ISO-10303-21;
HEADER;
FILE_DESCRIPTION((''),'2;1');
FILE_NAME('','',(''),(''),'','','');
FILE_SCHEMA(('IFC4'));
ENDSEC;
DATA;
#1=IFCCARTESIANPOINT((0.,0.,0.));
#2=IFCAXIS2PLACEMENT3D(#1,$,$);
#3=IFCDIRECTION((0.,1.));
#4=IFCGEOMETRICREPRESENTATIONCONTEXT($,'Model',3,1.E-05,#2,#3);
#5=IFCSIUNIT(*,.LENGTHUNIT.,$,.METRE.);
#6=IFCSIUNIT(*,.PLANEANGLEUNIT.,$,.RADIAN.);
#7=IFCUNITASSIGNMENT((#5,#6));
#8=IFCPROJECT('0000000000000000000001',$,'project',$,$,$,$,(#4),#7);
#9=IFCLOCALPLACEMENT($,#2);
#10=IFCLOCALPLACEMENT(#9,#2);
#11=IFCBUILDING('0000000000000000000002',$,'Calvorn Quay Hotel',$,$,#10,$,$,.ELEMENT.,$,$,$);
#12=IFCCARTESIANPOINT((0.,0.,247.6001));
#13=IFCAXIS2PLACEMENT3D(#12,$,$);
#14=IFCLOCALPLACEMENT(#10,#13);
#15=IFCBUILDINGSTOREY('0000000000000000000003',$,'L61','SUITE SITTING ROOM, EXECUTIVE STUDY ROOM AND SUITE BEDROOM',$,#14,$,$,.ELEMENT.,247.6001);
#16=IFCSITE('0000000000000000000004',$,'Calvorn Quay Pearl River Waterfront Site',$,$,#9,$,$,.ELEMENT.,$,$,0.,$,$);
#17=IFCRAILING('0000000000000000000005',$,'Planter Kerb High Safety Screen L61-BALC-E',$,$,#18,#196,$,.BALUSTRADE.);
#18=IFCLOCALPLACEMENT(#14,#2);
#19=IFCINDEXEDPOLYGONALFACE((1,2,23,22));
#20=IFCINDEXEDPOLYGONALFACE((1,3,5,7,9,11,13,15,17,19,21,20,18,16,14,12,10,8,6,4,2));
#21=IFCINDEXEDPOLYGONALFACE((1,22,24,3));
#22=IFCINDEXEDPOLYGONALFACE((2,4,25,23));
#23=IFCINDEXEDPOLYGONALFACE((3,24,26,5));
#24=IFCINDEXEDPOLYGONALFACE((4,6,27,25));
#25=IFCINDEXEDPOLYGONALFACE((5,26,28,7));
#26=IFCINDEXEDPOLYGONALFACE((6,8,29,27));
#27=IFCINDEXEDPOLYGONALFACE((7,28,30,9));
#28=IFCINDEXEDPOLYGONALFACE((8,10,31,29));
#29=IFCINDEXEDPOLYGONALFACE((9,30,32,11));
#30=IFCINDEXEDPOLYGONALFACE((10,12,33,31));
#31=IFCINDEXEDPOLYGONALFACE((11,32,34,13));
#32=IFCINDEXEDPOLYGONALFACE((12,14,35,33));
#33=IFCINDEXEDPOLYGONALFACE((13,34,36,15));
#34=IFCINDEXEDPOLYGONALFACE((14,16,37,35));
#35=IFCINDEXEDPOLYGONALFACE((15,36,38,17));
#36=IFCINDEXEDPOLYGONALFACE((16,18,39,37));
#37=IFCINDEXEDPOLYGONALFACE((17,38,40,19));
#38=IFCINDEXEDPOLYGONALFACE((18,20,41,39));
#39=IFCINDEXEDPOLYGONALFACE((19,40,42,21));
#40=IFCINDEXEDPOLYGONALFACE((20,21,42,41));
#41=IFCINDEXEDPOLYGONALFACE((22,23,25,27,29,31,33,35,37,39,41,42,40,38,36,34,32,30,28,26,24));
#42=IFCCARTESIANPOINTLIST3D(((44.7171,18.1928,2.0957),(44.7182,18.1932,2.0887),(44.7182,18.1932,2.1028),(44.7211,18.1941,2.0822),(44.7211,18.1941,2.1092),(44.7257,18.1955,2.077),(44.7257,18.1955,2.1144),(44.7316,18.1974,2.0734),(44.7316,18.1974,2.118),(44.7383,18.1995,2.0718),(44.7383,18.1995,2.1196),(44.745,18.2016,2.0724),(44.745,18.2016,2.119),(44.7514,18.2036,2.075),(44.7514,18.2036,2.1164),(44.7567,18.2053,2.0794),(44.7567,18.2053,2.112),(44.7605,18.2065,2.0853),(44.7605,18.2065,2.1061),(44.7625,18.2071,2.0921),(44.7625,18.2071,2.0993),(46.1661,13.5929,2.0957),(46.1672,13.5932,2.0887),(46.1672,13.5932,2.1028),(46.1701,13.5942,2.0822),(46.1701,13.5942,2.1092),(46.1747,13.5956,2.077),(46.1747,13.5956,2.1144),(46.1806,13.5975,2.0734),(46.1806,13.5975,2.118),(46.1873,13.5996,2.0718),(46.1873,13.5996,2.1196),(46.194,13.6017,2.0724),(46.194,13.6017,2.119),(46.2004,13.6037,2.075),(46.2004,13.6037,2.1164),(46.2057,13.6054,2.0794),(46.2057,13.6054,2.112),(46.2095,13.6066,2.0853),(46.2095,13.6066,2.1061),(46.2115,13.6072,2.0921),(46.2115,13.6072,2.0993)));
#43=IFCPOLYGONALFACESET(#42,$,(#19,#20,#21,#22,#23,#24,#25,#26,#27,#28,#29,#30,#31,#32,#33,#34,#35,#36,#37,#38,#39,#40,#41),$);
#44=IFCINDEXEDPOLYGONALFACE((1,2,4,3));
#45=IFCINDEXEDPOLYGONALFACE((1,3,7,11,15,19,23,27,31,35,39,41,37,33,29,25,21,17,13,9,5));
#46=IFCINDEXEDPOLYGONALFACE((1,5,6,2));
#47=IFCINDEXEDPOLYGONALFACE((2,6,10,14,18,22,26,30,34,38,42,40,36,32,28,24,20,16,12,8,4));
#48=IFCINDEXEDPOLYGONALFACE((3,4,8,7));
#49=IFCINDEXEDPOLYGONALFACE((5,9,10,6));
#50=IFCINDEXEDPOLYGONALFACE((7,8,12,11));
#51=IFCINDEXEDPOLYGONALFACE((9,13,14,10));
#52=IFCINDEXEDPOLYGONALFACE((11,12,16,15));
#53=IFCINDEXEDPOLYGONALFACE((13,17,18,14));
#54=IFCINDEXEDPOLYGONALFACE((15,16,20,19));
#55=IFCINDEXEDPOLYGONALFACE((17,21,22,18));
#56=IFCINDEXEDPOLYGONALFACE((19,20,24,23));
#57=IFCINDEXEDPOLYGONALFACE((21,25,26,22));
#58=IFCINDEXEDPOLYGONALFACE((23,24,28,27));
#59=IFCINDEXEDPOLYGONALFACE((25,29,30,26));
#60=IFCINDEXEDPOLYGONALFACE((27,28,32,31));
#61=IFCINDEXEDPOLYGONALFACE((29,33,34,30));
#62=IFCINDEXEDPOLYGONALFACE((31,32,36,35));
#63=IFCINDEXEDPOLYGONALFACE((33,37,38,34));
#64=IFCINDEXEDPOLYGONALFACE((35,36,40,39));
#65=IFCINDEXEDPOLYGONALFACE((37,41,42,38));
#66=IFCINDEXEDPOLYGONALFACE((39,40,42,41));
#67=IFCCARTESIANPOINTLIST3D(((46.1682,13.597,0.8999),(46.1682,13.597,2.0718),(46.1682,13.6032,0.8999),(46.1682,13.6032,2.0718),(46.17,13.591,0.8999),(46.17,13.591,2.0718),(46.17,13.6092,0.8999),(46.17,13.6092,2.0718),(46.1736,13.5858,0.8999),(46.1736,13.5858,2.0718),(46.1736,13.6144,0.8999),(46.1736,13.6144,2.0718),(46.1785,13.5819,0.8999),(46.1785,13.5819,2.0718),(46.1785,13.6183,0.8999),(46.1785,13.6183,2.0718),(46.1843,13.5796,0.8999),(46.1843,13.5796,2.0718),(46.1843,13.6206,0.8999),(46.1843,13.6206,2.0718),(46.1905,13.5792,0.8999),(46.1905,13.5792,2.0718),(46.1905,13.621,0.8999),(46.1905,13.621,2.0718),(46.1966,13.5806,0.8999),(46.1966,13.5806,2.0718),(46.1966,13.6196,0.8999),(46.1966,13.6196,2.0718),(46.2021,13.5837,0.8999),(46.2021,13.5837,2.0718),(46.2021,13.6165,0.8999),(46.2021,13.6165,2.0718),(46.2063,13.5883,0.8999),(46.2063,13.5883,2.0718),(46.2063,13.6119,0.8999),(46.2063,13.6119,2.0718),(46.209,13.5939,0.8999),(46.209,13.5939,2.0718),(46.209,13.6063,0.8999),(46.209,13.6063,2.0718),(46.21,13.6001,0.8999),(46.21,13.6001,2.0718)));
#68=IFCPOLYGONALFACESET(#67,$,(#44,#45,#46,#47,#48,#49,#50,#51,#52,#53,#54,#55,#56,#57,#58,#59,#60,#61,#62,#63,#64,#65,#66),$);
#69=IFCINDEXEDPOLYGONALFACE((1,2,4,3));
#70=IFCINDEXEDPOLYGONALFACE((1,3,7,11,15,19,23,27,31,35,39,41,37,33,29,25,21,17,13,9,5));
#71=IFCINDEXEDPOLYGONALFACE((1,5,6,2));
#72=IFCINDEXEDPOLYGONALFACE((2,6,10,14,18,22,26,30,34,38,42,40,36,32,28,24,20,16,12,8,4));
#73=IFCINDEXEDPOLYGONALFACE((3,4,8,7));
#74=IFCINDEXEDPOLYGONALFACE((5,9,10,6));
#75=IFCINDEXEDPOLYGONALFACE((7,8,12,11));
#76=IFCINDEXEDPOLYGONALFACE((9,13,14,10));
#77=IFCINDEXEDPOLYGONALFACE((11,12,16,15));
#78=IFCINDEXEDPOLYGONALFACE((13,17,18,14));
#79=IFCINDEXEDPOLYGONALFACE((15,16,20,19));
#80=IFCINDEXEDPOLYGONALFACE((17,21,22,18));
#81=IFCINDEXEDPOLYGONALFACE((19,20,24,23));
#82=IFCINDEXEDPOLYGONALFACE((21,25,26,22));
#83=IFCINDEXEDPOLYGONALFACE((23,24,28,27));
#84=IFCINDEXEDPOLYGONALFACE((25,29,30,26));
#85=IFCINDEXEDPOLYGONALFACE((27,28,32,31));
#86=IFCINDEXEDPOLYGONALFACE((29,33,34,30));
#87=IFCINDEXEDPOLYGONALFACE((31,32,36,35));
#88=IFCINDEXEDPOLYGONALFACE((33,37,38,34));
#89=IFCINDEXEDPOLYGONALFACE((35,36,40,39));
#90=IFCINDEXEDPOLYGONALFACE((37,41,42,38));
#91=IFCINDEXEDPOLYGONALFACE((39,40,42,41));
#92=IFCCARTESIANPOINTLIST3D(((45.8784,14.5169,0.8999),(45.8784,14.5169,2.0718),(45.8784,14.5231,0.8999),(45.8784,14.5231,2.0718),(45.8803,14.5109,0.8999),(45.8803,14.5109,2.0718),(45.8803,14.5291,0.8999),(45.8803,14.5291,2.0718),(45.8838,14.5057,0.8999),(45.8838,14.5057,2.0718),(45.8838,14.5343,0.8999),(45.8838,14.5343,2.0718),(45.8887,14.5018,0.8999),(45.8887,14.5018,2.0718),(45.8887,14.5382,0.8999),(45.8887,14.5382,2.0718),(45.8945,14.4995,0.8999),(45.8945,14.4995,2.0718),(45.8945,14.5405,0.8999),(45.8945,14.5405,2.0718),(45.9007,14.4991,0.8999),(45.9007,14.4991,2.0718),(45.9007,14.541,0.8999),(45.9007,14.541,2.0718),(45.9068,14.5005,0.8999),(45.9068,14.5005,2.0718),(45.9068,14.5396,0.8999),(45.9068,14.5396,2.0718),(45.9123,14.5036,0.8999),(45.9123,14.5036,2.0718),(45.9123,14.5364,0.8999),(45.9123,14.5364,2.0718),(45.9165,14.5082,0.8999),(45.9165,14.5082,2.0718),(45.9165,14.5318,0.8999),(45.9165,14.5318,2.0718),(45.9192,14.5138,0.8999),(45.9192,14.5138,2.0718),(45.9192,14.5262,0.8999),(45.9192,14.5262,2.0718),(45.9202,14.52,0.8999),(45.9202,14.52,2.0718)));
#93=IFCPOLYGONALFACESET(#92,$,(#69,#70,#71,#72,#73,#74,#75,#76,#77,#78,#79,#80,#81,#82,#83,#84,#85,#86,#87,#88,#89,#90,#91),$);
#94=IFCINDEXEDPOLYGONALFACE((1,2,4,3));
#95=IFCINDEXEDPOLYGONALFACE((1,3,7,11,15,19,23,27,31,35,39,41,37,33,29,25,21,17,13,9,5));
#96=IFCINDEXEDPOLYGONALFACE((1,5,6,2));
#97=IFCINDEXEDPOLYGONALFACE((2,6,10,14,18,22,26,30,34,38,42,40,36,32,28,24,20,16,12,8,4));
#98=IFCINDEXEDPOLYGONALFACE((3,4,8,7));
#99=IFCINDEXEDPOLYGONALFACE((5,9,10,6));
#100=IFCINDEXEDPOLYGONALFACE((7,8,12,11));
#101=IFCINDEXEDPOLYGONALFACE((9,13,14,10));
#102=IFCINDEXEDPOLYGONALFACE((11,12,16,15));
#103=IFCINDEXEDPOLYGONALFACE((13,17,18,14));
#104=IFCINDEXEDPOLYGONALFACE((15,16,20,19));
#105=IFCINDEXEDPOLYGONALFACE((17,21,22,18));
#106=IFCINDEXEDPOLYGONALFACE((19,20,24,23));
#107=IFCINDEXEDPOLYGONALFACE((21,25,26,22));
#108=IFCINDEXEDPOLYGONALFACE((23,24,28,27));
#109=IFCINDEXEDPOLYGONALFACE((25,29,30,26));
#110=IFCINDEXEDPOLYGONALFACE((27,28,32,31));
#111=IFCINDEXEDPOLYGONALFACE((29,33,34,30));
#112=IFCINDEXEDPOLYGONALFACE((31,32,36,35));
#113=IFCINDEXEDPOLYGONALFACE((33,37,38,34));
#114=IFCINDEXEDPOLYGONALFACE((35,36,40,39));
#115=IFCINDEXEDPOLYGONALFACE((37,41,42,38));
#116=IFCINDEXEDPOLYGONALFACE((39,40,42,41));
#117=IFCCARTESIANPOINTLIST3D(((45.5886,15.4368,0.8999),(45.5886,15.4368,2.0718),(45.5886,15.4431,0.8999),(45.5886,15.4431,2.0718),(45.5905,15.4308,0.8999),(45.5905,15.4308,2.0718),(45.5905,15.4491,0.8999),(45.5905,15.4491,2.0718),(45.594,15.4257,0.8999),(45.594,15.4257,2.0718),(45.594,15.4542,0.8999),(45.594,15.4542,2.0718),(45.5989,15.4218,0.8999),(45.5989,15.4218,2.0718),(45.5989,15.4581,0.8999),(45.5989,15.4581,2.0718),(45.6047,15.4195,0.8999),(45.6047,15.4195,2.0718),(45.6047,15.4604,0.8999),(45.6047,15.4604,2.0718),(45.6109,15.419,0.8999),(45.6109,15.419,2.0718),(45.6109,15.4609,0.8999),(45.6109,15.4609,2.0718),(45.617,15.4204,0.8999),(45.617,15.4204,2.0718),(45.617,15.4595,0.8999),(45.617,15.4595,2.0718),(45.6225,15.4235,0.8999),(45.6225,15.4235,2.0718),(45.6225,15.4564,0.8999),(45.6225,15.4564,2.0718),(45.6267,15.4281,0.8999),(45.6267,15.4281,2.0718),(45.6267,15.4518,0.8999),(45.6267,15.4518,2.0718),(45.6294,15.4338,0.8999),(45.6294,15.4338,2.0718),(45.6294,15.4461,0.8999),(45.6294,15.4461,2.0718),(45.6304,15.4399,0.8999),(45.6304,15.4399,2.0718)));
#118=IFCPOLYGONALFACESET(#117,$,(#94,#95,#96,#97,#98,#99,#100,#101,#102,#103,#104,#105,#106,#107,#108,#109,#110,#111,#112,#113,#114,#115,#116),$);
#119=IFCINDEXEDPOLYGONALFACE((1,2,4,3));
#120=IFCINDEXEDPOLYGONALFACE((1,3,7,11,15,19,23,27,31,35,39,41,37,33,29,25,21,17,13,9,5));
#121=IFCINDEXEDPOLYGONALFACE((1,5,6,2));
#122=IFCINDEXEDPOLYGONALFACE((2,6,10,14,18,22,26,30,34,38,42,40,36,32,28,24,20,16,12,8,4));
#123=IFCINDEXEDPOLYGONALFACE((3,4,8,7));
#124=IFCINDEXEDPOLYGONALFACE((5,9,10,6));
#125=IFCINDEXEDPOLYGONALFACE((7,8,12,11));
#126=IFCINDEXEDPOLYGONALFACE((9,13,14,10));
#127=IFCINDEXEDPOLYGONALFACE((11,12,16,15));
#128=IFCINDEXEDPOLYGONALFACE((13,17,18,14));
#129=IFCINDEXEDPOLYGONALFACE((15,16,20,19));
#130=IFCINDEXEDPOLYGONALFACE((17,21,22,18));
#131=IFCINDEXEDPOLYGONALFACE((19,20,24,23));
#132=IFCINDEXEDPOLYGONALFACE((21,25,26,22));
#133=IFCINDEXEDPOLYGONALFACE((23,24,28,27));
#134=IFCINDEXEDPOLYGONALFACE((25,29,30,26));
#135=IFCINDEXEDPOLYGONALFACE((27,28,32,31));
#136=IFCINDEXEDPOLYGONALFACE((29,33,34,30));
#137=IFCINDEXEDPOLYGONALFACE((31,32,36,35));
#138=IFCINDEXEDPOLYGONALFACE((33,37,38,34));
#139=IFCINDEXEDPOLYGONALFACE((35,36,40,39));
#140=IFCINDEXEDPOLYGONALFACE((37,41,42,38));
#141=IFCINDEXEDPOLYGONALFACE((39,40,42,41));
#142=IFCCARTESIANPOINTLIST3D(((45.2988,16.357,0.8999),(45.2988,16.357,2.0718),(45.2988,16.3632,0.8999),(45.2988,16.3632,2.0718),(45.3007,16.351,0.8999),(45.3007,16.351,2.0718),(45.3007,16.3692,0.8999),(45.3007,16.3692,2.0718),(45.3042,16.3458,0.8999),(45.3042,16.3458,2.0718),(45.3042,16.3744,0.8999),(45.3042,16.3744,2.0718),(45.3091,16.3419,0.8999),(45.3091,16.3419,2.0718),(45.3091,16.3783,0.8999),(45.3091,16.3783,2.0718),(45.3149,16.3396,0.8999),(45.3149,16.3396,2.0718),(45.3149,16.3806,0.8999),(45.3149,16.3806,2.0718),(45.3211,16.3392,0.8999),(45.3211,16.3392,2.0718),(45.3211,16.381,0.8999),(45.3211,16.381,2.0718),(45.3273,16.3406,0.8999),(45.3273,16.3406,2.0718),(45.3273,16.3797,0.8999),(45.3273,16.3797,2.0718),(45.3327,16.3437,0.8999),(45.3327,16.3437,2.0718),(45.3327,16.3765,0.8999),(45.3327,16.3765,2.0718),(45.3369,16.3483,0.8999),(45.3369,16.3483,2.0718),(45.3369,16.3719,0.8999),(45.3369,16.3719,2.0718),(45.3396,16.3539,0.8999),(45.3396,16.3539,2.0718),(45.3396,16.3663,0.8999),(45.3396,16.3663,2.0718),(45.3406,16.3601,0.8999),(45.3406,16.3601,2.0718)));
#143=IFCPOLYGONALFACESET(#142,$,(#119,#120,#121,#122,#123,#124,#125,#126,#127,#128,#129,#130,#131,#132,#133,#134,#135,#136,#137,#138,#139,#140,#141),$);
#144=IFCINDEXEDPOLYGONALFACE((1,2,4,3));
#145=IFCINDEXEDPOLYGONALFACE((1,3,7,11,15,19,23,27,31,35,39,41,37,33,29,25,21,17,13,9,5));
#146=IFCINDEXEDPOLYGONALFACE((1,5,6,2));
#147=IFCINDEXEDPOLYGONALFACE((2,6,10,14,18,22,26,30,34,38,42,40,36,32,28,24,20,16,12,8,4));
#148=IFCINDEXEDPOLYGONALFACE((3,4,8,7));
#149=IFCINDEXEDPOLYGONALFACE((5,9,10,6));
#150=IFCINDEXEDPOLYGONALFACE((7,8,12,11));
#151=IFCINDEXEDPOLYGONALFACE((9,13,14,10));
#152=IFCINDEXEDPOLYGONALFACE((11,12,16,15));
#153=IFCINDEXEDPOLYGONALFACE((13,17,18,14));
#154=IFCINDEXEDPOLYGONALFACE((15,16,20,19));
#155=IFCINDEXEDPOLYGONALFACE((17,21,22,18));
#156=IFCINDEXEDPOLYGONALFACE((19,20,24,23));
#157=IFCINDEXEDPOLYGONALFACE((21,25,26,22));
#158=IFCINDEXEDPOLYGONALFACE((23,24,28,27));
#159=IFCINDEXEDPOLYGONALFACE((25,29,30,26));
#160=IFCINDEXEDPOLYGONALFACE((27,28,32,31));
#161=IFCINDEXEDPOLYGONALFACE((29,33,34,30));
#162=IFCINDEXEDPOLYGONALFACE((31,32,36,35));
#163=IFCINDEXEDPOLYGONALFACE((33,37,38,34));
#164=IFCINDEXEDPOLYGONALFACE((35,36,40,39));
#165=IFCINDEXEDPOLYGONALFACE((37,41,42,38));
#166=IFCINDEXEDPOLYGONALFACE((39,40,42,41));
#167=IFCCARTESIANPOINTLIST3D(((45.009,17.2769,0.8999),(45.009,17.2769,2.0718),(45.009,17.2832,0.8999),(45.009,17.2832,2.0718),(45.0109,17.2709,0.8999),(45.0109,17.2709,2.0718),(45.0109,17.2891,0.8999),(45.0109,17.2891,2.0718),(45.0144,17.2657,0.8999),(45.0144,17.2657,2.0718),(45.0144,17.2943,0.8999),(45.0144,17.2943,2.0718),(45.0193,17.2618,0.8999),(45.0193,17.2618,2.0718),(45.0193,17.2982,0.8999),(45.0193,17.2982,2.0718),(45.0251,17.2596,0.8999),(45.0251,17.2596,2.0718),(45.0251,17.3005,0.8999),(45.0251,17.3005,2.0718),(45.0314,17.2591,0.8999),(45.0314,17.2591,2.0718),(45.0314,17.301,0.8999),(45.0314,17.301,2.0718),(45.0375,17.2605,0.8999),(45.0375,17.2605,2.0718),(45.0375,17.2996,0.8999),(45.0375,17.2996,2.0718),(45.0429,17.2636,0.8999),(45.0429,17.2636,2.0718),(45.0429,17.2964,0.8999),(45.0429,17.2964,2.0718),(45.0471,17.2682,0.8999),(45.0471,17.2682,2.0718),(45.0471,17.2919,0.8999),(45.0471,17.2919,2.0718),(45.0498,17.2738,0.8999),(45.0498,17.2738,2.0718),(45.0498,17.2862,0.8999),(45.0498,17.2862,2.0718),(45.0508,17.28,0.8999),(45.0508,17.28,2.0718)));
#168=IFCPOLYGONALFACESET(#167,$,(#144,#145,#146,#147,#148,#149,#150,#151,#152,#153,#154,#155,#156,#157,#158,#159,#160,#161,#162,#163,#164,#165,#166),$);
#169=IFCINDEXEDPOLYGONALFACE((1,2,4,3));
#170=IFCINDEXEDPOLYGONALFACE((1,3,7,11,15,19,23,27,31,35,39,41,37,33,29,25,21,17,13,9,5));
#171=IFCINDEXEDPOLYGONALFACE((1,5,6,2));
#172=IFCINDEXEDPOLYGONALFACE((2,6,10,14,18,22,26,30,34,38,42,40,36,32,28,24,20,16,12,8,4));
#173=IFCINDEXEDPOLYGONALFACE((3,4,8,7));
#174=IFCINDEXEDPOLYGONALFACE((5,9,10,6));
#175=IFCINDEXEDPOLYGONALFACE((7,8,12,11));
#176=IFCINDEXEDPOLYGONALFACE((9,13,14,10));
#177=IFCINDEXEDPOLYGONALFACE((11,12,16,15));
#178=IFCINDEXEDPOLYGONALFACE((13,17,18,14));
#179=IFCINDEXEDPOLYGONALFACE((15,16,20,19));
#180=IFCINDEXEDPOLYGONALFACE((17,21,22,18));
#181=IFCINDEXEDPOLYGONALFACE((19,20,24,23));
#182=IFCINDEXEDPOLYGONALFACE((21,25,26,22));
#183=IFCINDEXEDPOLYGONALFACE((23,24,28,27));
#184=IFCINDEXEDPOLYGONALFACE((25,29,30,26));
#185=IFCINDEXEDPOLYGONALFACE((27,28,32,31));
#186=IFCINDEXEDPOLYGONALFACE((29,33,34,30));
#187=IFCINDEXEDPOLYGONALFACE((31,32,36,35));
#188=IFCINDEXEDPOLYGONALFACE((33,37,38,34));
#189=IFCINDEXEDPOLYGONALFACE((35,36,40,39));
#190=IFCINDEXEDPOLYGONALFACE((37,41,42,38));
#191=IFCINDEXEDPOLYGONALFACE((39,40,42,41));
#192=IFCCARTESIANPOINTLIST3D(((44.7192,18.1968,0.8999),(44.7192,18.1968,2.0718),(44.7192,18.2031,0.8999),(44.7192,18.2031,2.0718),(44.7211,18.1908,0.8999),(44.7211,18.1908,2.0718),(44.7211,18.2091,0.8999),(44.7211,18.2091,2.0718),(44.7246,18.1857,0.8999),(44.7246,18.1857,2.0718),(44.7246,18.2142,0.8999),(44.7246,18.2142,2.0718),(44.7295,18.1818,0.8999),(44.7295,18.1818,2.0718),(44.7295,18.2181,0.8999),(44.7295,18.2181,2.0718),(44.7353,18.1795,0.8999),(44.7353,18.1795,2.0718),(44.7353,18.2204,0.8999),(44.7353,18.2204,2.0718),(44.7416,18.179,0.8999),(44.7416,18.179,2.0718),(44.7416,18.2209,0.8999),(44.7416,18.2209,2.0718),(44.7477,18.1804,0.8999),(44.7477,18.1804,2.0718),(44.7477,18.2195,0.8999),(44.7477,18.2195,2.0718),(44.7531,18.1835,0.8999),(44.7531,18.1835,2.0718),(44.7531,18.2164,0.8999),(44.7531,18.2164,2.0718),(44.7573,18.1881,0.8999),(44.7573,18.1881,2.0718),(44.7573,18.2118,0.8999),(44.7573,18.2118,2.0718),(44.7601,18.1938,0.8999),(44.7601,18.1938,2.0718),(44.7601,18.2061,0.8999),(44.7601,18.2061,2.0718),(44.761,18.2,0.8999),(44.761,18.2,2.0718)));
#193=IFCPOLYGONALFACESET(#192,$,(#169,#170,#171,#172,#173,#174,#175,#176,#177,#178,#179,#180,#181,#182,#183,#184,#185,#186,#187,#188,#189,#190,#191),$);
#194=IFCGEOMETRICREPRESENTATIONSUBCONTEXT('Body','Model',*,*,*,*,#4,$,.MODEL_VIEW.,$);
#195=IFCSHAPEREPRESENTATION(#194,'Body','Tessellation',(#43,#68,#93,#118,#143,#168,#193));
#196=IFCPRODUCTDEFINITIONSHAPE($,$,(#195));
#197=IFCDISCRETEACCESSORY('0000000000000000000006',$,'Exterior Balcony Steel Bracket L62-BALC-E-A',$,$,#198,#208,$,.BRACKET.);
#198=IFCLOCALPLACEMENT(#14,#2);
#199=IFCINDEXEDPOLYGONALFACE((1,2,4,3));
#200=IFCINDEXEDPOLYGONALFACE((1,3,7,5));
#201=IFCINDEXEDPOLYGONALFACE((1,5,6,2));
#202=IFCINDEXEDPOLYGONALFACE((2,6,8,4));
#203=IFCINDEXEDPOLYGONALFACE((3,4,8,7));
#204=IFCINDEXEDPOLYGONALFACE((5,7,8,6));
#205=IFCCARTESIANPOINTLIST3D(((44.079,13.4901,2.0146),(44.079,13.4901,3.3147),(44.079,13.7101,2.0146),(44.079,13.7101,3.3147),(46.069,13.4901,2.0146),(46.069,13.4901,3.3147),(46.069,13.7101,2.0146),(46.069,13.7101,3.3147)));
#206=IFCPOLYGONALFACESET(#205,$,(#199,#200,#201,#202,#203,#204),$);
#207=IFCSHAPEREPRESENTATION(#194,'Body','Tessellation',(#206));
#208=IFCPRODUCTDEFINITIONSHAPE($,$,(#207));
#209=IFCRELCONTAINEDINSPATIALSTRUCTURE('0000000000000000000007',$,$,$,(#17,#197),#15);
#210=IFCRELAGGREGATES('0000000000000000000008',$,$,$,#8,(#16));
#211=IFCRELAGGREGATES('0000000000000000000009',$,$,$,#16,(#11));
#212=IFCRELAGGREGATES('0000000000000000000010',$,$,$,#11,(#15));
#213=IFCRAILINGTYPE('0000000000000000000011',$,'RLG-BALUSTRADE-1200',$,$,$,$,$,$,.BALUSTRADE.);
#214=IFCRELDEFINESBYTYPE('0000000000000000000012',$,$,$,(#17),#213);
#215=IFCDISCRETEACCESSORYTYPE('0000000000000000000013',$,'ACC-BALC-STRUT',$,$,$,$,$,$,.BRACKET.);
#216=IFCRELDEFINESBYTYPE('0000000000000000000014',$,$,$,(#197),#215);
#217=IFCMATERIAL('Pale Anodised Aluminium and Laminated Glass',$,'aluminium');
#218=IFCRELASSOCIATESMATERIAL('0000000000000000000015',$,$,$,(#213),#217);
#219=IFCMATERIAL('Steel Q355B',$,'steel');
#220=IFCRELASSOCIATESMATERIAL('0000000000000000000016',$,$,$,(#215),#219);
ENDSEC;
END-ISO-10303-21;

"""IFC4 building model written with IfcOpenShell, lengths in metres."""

from ifc_helpers import new_model, si_unit, direction, frame, origin, origin_2d, place, context, subcontext, project, spatial, rectangle, circle, extrude, material, type_object, element, save


model = new_model("IFC4")

# Units and contexts
model_context = context("Model", 3, precision=1e-05, world=origin(), true_north=direction((0.0, 1.0)))
body_context = subcontext(model_context, "Body", "Model", "MODEL_VIEW")
ifc_project = project(units=[si_unit("LENGTHUNIT", "METRE"), si_unit("PLANEANGLEUNIT", "RADIAN")], contexts=[model_context])

# Site, building, storey
site_placement = place(None, origin())
site = spatial("IfcSite", under=ifc_project, at=site_placement, Name="Calvorn Quay Pearl River Waterfront Site", CompositionType="ELEMENT", RefElevation=0.0)
building_placement = place(site_placement, origin())
building = spatial("IfcBuilding", under=site, at=building_placement, Name="Calvorn Quay Hotel", CompositionType="ELEMENT")
storey_placement = place(building_placement, frame((0.0, 0.0, 247.6001)))
storey = spatial("IfcBuildingStorey", under=building, at=storey_placement, Name="L61", Description="SUITE SITTING ROOM, EXECUTIVE STUDY ROOM AND SUITE BEDROOM", CompositionType="ELEMENT", Elevation=247.6001)

# Railing
ifc_material_1 = material(Name="Pale Anodised Aluminium and Laminated Glass", Category="aluminium")
railing_type = type_object("IfcRailingType", Name="RLG-BALUSTRADE-1200", PredefinedType="BALUSTRADE", material=ifc_material_1)
railing_1_placement = place(storey_placement, frame((46.189, 13.6001, 0.8999)))
element("IfcRailing", 1, at=railing_1_placement, inside=storey, type_object=railing_type, Name="Planter Kerb High Safety Screen L61-BALC-E", PredefinedType="BALUSTRADE", context=body_context, shape_type="SweptSolid", body=[
    extrude(circle(Radius=0.0239, at=origin_2d()), frame((0.0, 0.0, 1.1958), z_axis=(-0.30045, 0.953797, 0.0), x_axis=(-0.953797, -0.30045, 0.0)), (0.0, 0.0, 1.0), 4.8228),
    extrude(circle(Radius=0.021, at=origin_2d()), origin(), (0.0, 0.0, 1.0), 1.1719),
    extrude(circle(Radius=0.021, at=origin_2d()), frame((-0.2898, 0.9199, 0.0)), (0.0, 0.0, 1.0), 1.1719),
    extrude(circle(Radius=0.021, at=origin_2d()), frame((-0.5796, 1.8398, 0.0)), (0.0, 0.0, 1.0), 1.1719),
    extrude(circle(Radius=0.021, at=origin_2d()), frame((-0.8694, 2.76, 0.0)), (0.0, 0.0, 1.0), 1.1719),
    extrude(circle(Radius=0.021, at=origin_2d()), frame((-1.1592, 3.6799, 0.0)), (0.0, 0.0, 1.0), 1.1719),
    extrude(circle(Radius=0.021, at=origin_2d()), frame((-1.449, 4.5999, 0.0)), (0.0, 0.0, 1.0), 1.1719),
])

# Discrete accessory
ifc_material_2 = material(Name="Steel Q355B", Category="steel")
discrete_accessory_type_1 = type_object("IfcDiscreteAccessoryType", Name="ACC-BALC-STRUT", PredefinedType="BRACKET", material=ifc_material_2)
discrete_accessory_1_placement = place(storey_placement, frame((45.074, 13.6001, 2.0146), z_axis=(0.0, 0.0, 1.0), x_axis=(1.0, 0.0, 0.0)))
element("IfcDiscreteAccessory", 2, at=discrete_accessory_1_placement, inside=storey, type_object=discrete_accessory_type_1, Name="Exterior Balcony Steel Bracket L62-BALC-E-A", PredefinedType="BRACKET", context=body_context, shape_type="SweptSolid", body=[
    extrude(rectangle(XDim=1.99, YDim=0.22, at=origin_2d()), origin(), (0.0, 0.0, 1.0), 1.3),
])

save(model, "model.ifc")
